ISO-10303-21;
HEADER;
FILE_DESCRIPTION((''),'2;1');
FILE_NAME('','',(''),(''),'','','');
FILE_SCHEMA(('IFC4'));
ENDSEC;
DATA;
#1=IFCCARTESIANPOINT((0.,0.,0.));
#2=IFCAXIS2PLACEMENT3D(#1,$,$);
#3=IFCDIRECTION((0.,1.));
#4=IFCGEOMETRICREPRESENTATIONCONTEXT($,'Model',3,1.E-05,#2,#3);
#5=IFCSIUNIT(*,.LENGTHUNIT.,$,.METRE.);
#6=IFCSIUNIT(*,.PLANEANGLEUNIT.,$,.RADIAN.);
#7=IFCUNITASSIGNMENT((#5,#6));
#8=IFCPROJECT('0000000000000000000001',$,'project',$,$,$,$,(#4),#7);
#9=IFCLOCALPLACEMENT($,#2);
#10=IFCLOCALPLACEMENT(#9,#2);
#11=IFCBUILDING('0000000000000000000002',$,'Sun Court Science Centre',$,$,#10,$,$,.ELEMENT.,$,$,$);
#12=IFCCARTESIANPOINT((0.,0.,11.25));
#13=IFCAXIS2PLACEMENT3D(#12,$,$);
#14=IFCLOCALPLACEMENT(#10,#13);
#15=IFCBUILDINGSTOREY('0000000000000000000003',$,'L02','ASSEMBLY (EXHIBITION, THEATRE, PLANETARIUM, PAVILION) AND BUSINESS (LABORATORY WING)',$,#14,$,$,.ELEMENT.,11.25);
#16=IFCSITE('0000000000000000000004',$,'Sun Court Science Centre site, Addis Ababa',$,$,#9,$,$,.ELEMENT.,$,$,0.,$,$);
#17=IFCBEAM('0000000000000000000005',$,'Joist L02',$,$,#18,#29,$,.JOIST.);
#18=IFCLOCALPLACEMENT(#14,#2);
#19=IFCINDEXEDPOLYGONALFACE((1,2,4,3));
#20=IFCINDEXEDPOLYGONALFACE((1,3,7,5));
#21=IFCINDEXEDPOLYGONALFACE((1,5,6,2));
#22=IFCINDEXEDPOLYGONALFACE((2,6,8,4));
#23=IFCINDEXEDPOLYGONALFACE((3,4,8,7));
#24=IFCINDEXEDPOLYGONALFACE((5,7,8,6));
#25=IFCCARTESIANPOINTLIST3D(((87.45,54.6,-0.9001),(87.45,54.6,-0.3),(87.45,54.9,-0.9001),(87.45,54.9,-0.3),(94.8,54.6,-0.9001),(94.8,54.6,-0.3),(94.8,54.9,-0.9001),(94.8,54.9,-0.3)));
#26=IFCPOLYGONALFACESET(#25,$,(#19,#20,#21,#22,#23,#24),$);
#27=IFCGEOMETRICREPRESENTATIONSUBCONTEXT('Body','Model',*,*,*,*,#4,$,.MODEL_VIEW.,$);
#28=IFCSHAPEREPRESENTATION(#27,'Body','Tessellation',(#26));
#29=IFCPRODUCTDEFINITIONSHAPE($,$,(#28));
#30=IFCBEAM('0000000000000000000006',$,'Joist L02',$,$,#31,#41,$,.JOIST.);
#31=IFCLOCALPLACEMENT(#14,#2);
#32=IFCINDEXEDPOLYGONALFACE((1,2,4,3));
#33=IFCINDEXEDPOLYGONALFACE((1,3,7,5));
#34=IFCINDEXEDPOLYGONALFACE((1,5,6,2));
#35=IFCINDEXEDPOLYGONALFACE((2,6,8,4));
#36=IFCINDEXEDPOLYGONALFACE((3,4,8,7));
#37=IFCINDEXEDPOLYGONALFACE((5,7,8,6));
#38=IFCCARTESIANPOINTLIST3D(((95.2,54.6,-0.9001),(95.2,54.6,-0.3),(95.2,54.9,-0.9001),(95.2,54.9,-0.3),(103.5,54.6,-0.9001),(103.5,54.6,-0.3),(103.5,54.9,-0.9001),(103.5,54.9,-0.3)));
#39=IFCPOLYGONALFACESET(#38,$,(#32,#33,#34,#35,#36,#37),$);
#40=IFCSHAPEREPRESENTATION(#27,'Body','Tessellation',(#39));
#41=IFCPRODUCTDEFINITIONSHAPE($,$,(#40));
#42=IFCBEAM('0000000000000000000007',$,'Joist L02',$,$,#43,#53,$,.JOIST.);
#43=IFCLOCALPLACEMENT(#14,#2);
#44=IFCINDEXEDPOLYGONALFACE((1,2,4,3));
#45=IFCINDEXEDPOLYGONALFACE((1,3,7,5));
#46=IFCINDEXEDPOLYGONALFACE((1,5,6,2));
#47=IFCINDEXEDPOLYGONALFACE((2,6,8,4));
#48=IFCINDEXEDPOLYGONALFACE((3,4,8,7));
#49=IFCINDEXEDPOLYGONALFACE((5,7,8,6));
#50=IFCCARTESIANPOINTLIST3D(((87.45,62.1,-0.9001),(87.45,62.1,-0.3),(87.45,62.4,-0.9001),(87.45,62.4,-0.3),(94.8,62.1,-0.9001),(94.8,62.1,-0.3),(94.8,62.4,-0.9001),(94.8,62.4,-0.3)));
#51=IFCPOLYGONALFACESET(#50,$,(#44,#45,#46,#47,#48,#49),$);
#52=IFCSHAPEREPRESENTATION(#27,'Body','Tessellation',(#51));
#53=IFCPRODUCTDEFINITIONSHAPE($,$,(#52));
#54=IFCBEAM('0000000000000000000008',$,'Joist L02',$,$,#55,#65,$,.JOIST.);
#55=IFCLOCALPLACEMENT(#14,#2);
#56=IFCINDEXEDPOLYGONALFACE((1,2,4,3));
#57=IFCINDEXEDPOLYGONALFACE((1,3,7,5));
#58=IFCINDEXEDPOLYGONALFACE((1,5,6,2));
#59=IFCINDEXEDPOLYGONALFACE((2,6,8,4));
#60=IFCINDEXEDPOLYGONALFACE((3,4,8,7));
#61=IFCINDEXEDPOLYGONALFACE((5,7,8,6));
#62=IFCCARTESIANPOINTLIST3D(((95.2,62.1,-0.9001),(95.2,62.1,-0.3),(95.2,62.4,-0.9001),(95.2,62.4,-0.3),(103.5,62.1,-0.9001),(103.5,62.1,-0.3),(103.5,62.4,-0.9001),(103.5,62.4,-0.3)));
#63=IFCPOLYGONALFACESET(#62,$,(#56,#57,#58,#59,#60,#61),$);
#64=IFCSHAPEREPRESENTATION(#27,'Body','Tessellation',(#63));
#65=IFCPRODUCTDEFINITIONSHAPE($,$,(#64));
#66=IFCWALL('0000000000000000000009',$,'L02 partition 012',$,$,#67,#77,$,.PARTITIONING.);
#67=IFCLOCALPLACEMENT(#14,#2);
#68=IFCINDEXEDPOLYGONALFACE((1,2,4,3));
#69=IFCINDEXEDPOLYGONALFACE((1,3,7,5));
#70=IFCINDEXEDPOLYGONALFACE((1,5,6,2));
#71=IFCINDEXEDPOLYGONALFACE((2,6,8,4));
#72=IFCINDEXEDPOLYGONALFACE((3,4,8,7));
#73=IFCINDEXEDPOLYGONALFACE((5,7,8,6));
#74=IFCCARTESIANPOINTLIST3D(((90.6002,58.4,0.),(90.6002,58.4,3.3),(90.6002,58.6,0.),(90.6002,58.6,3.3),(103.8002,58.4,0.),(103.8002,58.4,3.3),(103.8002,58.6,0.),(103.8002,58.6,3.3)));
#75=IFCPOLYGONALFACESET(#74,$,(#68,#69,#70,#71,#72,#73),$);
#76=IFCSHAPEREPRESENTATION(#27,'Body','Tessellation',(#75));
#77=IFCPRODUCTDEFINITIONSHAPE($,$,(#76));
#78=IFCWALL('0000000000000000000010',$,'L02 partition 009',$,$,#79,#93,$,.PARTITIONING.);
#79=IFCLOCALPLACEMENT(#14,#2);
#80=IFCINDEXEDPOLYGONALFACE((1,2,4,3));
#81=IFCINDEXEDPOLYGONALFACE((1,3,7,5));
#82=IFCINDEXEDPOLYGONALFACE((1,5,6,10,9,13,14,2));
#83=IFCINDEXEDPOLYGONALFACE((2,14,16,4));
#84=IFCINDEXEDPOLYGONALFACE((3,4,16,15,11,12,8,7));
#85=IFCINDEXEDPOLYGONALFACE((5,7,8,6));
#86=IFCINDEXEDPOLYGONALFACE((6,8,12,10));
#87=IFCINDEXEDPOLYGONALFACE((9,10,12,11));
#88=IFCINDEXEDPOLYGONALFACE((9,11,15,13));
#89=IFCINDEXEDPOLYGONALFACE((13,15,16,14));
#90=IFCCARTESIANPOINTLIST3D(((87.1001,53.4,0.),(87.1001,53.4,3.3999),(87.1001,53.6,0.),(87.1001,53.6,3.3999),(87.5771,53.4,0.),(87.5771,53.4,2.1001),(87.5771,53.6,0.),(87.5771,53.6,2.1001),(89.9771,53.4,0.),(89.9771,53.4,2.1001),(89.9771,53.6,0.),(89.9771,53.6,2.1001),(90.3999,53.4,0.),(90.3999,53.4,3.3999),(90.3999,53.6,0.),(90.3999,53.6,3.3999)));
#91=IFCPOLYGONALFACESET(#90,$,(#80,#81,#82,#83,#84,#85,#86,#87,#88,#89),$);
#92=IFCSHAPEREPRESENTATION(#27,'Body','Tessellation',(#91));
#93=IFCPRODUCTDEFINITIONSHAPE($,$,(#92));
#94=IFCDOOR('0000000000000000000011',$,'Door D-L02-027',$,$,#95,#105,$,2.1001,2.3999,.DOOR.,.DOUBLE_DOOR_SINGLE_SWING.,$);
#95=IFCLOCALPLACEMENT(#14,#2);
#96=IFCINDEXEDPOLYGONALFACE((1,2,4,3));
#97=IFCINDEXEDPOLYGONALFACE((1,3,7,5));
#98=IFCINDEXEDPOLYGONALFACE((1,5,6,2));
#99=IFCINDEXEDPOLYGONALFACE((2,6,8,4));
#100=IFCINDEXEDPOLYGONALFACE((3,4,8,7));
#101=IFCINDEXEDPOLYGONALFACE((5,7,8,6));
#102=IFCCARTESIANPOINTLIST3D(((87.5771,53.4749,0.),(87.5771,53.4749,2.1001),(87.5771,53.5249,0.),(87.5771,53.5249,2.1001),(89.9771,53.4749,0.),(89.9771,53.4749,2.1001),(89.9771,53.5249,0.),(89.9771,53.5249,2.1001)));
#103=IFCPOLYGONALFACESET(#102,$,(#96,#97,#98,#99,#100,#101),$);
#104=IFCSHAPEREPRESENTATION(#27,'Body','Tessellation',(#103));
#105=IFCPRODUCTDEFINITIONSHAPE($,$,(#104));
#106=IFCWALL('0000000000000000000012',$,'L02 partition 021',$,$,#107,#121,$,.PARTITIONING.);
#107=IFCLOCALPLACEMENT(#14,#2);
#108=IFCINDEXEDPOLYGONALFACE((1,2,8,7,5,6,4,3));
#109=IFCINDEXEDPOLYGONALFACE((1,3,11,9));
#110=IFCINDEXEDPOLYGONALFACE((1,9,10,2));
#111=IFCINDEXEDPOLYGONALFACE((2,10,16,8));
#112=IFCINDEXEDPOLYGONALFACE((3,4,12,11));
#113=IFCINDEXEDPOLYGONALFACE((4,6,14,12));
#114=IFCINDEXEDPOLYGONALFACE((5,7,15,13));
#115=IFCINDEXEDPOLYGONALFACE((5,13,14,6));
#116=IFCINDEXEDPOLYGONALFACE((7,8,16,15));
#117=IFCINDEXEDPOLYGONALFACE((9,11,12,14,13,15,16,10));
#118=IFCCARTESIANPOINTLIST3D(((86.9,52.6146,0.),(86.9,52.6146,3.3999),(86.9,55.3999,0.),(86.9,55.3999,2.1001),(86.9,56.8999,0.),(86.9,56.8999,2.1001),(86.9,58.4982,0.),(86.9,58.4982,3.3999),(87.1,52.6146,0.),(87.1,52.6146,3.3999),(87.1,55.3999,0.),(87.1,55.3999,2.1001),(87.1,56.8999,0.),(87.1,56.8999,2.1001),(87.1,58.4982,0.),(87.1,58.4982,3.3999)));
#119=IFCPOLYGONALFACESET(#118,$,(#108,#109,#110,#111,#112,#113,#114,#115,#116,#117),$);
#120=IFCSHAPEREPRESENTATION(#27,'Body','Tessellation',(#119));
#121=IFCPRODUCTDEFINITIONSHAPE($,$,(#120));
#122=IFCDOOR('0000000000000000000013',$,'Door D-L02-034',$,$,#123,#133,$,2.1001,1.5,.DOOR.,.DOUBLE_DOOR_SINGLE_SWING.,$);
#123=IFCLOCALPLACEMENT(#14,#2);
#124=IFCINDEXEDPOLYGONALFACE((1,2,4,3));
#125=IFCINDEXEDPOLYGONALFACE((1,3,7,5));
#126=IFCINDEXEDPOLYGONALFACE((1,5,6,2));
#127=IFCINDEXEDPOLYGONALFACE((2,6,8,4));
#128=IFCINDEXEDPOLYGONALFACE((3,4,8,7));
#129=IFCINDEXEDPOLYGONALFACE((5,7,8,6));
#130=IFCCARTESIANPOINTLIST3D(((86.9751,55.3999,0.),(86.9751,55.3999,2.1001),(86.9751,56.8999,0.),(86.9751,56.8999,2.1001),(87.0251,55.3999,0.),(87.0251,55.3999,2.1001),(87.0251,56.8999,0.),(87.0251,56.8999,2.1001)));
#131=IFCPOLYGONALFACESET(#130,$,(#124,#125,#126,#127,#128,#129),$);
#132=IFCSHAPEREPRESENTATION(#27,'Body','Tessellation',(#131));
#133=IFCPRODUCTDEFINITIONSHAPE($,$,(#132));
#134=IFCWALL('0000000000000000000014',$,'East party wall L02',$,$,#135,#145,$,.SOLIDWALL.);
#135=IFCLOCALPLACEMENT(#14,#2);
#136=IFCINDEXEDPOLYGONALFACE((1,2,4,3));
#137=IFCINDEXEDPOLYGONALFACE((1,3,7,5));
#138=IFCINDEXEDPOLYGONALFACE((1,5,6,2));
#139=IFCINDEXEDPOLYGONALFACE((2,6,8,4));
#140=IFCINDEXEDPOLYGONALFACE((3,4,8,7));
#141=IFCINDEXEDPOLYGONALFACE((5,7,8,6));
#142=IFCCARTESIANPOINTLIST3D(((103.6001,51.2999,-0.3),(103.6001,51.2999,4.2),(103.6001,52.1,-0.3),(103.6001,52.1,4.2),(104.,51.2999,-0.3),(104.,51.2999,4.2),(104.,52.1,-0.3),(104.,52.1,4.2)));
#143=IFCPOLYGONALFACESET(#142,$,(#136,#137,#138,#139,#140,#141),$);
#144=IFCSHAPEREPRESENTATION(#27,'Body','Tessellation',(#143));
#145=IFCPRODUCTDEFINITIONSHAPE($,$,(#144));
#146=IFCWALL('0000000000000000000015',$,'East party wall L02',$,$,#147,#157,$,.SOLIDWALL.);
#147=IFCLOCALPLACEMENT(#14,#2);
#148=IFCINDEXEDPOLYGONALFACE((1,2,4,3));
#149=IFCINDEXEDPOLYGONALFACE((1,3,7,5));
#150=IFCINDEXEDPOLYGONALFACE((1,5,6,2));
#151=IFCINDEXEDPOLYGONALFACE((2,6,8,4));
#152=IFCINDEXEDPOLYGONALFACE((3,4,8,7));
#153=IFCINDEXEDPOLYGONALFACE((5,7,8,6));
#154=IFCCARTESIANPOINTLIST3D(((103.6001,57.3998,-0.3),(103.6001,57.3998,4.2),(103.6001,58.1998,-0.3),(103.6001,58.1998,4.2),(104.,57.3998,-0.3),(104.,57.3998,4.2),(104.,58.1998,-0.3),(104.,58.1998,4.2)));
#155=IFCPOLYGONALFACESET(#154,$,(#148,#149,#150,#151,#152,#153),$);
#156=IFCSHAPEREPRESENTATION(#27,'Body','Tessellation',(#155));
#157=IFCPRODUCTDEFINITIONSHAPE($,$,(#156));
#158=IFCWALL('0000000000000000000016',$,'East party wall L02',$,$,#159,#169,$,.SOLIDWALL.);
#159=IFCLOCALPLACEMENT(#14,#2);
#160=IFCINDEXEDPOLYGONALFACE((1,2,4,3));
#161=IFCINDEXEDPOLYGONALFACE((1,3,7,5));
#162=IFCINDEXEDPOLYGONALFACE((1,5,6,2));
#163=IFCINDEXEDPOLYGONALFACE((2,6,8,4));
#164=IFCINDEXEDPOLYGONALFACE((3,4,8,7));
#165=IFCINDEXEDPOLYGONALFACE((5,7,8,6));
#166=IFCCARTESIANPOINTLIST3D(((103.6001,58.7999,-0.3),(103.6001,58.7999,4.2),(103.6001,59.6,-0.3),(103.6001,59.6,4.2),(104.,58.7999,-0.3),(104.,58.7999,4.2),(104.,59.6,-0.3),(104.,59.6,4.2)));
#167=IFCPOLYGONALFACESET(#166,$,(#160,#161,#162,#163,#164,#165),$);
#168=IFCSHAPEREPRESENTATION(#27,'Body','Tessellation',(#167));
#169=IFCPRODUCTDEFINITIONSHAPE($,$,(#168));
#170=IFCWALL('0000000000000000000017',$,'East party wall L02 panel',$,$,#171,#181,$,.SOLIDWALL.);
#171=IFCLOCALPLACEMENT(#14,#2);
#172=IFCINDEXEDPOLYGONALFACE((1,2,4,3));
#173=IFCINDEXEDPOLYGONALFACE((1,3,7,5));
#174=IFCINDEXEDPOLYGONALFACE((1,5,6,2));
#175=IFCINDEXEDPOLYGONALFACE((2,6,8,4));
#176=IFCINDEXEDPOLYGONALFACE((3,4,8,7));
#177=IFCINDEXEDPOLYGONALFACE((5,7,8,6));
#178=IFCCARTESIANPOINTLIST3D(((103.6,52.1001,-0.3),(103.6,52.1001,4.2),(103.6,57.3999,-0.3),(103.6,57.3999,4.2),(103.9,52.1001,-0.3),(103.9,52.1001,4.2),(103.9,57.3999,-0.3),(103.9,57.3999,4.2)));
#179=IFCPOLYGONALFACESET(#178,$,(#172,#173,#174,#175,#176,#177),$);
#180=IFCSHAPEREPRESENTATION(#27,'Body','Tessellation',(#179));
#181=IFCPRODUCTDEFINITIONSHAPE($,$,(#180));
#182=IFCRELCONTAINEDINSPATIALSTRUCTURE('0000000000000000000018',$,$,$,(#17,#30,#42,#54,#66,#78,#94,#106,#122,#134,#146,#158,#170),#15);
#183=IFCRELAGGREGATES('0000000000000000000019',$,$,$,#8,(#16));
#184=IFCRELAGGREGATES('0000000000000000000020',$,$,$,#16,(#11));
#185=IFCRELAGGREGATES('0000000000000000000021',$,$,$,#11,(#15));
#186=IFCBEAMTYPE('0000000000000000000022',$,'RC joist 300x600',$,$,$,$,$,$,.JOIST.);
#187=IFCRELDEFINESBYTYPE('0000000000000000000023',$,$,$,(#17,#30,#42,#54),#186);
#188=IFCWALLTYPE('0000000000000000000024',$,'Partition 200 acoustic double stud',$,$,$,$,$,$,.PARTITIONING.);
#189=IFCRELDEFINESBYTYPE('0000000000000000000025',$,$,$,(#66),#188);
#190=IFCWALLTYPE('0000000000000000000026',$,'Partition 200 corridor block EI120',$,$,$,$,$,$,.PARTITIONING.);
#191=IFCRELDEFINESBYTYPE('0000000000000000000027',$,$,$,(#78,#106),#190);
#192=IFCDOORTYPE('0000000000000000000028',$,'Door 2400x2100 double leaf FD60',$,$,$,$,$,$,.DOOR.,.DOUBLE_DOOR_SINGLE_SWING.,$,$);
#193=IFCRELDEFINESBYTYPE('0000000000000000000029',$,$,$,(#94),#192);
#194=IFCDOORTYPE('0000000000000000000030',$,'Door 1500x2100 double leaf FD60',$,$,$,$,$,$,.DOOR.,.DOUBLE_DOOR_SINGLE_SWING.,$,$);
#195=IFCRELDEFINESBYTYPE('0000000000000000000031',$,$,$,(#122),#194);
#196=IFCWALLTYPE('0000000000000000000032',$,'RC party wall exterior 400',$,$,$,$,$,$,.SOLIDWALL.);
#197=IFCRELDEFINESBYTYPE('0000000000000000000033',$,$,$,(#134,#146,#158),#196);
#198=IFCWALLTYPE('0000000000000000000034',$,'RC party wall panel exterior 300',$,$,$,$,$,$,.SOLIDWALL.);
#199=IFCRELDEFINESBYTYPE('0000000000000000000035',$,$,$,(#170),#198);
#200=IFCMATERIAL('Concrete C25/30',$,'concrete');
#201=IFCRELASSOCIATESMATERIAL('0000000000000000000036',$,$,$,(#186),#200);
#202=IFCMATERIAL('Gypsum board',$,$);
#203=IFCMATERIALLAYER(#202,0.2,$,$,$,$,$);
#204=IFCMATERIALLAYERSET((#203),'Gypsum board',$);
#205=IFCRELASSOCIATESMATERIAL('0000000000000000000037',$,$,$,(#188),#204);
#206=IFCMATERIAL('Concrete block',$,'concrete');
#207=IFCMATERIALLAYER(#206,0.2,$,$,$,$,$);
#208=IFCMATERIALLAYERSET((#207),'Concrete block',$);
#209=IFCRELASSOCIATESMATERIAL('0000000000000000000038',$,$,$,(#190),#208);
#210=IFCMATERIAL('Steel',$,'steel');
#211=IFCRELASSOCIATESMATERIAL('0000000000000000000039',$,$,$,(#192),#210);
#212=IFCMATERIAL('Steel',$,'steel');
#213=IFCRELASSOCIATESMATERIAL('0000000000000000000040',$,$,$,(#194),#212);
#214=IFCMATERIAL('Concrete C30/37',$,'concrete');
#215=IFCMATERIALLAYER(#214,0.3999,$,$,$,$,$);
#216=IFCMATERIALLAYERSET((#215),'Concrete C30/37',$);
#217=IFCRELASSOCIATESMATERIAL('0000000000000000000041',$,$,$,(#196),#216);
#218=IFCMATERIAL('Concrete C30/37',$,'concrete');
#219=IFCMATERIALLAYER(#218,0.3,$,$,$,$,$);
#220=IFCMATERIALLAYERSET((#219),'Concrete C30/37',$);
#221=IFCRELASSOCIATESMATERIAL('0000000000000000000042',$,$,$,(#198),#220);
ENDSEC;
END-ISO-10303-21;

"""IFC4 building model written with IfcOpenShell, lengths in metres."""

from ifc_helpers import new_model, si_unit, direction, frame, frame_2d, origin, origin_2d, place, context, subcontext, project, spatial, rectangle, extrude, material, layer, layer_set, material_profile, profile_set, type_object, element, fill, save


model = new_model("IFC4")

# Units and contexts
model_context = context("Model", 3, precision=1e-05, world=origin(), true_north=direction((0.0, 1.0)))
body_context = subcontext(model_context, "Body", "Model", "MODEL_VIEW")
ifc_project = project(units=[si_unit("LENGTHUNIT", "METRE"), si_unit("PLANEANGLEUNIT", "RADIAN")], contexts=[model_context])

# Site, building, storey
site_placement = place(None, origin())
site = spatial("IfcSite", under=ifc_project, at=site_placement, Name="Sun Court Science Centre site, Addis Ababa", CompositionType="ELEMENT", RefElevation=0.0)
building_placement = place(site_placement, origin())
building = spatial("IfcBuilding", under=site, at=building_placement, Name="Sun Court Science Centre", CompositionType="ELEMENT")
storey_placement = place(building_placement, frame((0.0, 0.0, 11.25)))
storey = spatial("IfcBuildingStorey", under=building, at=storey_placement, Name="L02", Description="ASSEMBLY (EXHIBITION, THEATRE, PLANETARIUM, PAVILION) AND BUSINESS (LABORATORY WING)", CompositionType="ELEMENT", Elevation=11.25)

# Beams
ifc_material_1 = material(Name="Concrete C25/30", Category="concrete")
ifc_material_profile_1 = material_profile(ifc_material_1, rectangle(XDim=0.3, YDim=0.6001, at=origin_2d()), Name="RC 300x600")
ifc_profile_set_1 = profile_set([ifc_material_profile_1], Name="Concrete C25/30")
beam_type_1 = type_object("IfcBeamType", Name="RC joist 300x600", PredefinedType="JOIST", material=ifc_profile_set_1)
beam_1_placement = place(storey_placement, frame((87.45, 54.75, -0.6001), z_axis=(1.0, 0.0, 0.0), x_axis=(0.0, 1.0, 0.0)))
element("IfcBeam", 1, at=beam_1_placement, inside=storey, type_object=beam_type_1, Name="Joist L02", PredefinedType="JOIST", context=body_context, shape_type="SweptSolid", body=[
    extrude(rectangle(XDim=0.3, YDim=0.6001, at=origin_2d()), origin(), (0.0, 0.0, 1.0), 7.3501),
])
beam_2_placement = place(storey_placement, frame((95.2, 54.75, -0.6001), z_axis=(1.0, 0.0, 0.0), x_axis=(0.0, 1.0, 0.0)))
element("IfcBeam", 2, at=beam_2_placement, inside=storey, type_object=beam_type_1, Name="Joist L02", PredefinedType="JOIST", context=body_context, shape_type="SweptSolid", body=[
    extrude(rectangle(XDim=0.3, YDim=0.6001, at=origin_2d()), origin(), (0.0, 0.0, 1.0), 8.3),
])
beam_3_placement = place(storey_placement, frame((87.45, 62.25, -0.6001), z_axis=(1.0, 0.0, 0.0), x_axis=(0.0, 1.0, 0.0)))
element("IfcBeam", 3, at=beam_3_placement, inside=storey, type_object=beam_type_1, Name="Joist L02", PredefinedType="JOIST", context=body_context, shape_type="SweptSolid", body=[
    extrude(rectangle(XDim=0.3, YDim=0.6001, at=origin_2d()), origin(), (0.0, 0.0, 1.0), 7.3501),
])
beam_4_placement = place(storey_placement, frame((95.2, 62.25, -0.6001), z_axis=(1.0, 0.0, 0.0), x_axis=(0.0, 1.0, 0.0)))
element("IfcBeam", 4, at=beam_4_placement, inside=storey, type_object=beam_type_1, Name="Joist L02", PredefinedType="JOIST", context=body_context, shape_type="SweptSolid", body=[
    extrude(rectangle(XDim=0.3, YDim=0.6001, at=origin_2d()), origin(), (0.0, 0.0, 1.0), 8.3),
])

# Wall
ifc_material_2 = material(Name="Gypsum board")
ifc_layer_1 = layer(ifc_material_2, 0.2)
ifc_layer_set_1 = layer_set([ifc_layer_1], Name="Gypsum board")
wall_type_1 = type_object("IfcWallType", Name="Partition 200 acoustic double stud", PredefinedType="PARTITIONING", material=ifc_layer_set_1)
wall_1_placement = place(storey_placement, frame((90.6001, 58.5, 0.0), z_axis=(0.0, 0.0, 1.0), x_axis=(1.0, 0.0, 0.0)))
element("IfcWall", 5, at=wall_1_placement, inside=storey, type_object=wall_type_1, Name="L02 partition 012", PredefinedType="PARTITIONING", context=body_context, shape_type="SweptSolid", body=[
    extrude(rectangle(XDim=13.2, YDim=0.2, at=frame_2d((6.6001, 0.0))), origin(), (0.0, 0.0, 1.0), 3.3),
])

# Walls, openings, doors
ifc_material_3 = material(Name="Concrete block", Category="concrete")
ifc_layer_2 = layer(ifc_material_3, 0.2)
ifc_layer_set_2 = layer_set([ifc_layer_2], Name="Concrete block")
wall_type_2 = type_object("IfcWallType", Name="Partition 200 corridor block EI120", PredefinedType="PARTITIONING", material=ifc_layer_set_2)
wall_2_placement = place(storey_placement, frame((87.1001, 53.5, 0.0), z_axis=(0.0, 0.0, 1.0), x_axis=(1.0, 0.0, 0.0)))
wall_2 = element("IfcWall", 6, at=wall_2_placement, inside=storey, type_object=wall_type_2, Name="L02 partition 009", PredefinedType="PARTITIONING", context=body_context, shape_type="SweptSolid", body=[
    extrude(rectangle(XDim=3.2998, YDim=0.2, at=frame_2d((1.6499, 0.0))), origin(), (0.0, 0.0, 1.0), 3.3999),
])
opening_1_placement = place(wall_2_placement, frame((0.4771, 0.0, 0.0)))
opening_1 = element("IfcOpeningElement", 7, at=opening_1_placement, cuts=wall_2, PredefinedType="OPENING", context=body_context, shape_type="SweptSolid", body=[
    extrude(rectangle(XDim=2.3999, YDim=2.1001, at=frame_2d((1.2, 1.05))), frame((0.0, 0.1099, 0.0), z_axis=(0.0, -1.0, 0.0), x_axis=(1.0, 0.0, 0.0)), (0.0, 0.0, 1.0), 0.22),
])
ifc_material_4 = material(Name="Steel", Category="steel")
door_type_1 = type_object("IfcDoorType", Name="Door 2400x2100 double leaf FD60", OperationType="DOUBLE_DOOR_SINGLE_SWING", PredefinedType="DOOR", material=ifc_material_4)
door_1_placement = place(opening_1_placement, origin())
door_1 = element("IfcDoor", 8, at=door_1_placement, inside=storey, type_object=door_type_1, Name="Door D-L02-027", OperationType="DOUBLE_DOOR_SINGLE_SWING", OverallHeight=2.1001, OverallWidth=2.3999, PredefinedType="DOOR", context=body_context, shape_type="SweptSolid", body=[
    extrude(rectangle(XDim=2.3999, YDim=2.1001, at=frame_2d((1.2, 1.05))), frame((0.0, 0.0249, 0.0), z_axis=(0.0, -1.0, 0.0), x_axis=(1.0, 0.0, 0.0)), (0.0, 0.0, 1.0), 0.05),
])
fill(opening_1, door_1)
wall_3_placement = place(storey_placement, frame((87.0, 52.6145, 0.0), z_axis=(0.0, 0.0, 1.0), x_axis=(0.0, 1.0, 0.0)))
wall_3 = element("IfcWall", 9, at=wall_3_placement, inside=storey, type_object=wall_type_2, Name="L02 partition 021", PredefinedType="PARTITIONING", context=body_context, shape_type="SweptSolid", body=[
    extrude(rectangle(XDim=5.8835, YDim=0.2, at=frame_2d((2.9419, 0.0))), origin(), (0.0, 0.0, 1.0), 3.3999),
])
opening_2_placement = place(wall_3_placement, frame((2.7854, 0.0, 0.0)))
opening_2 = element("IfcOpeningElement", 10, at=opening_2_placement, cuts=wall_3, PredefinedType="OPENING", context=body_context, shape_type="SweptSolid", body=[
    extrude(rectangle(XDim=1.5, YDim=2.1001, at=frame_2d((0.75, 1.05))), frame((0.0, 0.1099, 0.0), z_axis=(0.0, -1.0, 0.0), x_axis=(1.0, 0.0, 0.0)), (0.0, 0.0, 1.0), 0.22),
])
ifc_material_5 = material(Name="Steel", Category="steel")
door_type_2 = type_object("IfcDoorType", Name="Door 1500x2100 double leaf FD60", OperationType="DOUBLE_DOOR_SINGLE_SWING", PredefinedType="DOOR", material=ifc_material_5)
door_2_placement = place(opening_2_placement, origin())
door_2 = element("IfcDoor", 11, at=door_2_placement, inside=storey, type_object=door_type_2, Name="Door D-L02-034", OperationType="DOUBLE_DOOR_SINGLE_SWING", OverallHeight=2.1001, OverallWidth=1.5, PredefinedType="DOOR", context=body_context, shape_type="SweptSolid", body=[
    extrude(rectangle(XDim=1.5, YDim=2.1001, at=frame_2d((0.75, 1.05))), frame((0.0, 0.0249, 0.0), z_axis=(0.0, -1.0, 0.0), x_axis=(1.0, 0.0, 0.0)), (0.0, 0.0, 1.0), 0.05),
])
fill(opening_2, door_2)

# Walls
ifc_material_6 = material(Name="Concrete C30/37", Category="concrete")
ifc_layer_3 = layer(ifc_material_6, 0.3999)
ifc_layer_set_3 = layer_set([ifc_layer_3], Name="Concrete C30/37")
wall_type_3 = type_object("IfcWallType", Name="RC party wall exterior 400", PredefinedType="SOLIDWALL", material=ifc_layer_set_3)
for number, where, z_axis, x_axis, name in (
    (12, (103.8, 51.3, -0.3), (0.0, 0.0, 1.0), (0.0, 1.0, 0.0), "East party wall L02"),
    (13, (103.8, 57.3999, -0.3), (0.0, 0.0, 1.0), (0.0, 1.0, 0.0), "East party wall L02"),
    (14, (103.8, 58.8, -0.3), (0.0, 0.0, 1.0), (0.0, 1.0, 0.0), "East party wall L02"),
):
    element("IfcWall", number, at=place(storey_placement, frame(where, z_axis=z_axis, x_axis=x_axis)), inside=storey, type_object=wall_type_3, Name=name, PredefinedType="SOLIDWALL", context=body_context, shape_type="SweptSolid", body=[
        extrude(rectangle(XDim=0.8, YDim=0.3999, at=frame_2d((0.3999, 0.0))), origin(), (0.0, 0.0, 1.0), 4.5),
    ])
ifc_material_7 = material(Name="Concrete C30/37", Category="concrete")
ifc_layer_4 = layer(ifc_material_7, 0.3)
ifc_layer_set_4 = layer_set([ifc_layer_4], Name="Concrete C30/37")
wall_type_4 = type_object("IfcWallType", Name="RC party wall panel exterior 300", PredefinedType="SOLIDWALL", material=ifc_layer_set_4)
for number, where, z_axis, x_axis, name in (
    (15, (103.75, 52.1001, -0.3), (0.0, 0.0, 1.0), (0.0, 1.0, 0.0), "East party wall L02 panel"),
):
    element("IfcWall", number, at=place(storey_placement, frame(where, z_axis=z_axis, x_axis=x_axis)), inside=storey, type_object=wall_type_4, Name=name, PredefinedType="SOLIDWALL", context=body_context, shape_type="SweptSolid", body=[
        extrude(rectangle(XDim=5.2998, YDim=0.3, at=frame_2d((2.6499, 0.0))), origin(), (0.0, 0.0, 1.0), 4.5),
    ])

save(model, "model.ifc")
